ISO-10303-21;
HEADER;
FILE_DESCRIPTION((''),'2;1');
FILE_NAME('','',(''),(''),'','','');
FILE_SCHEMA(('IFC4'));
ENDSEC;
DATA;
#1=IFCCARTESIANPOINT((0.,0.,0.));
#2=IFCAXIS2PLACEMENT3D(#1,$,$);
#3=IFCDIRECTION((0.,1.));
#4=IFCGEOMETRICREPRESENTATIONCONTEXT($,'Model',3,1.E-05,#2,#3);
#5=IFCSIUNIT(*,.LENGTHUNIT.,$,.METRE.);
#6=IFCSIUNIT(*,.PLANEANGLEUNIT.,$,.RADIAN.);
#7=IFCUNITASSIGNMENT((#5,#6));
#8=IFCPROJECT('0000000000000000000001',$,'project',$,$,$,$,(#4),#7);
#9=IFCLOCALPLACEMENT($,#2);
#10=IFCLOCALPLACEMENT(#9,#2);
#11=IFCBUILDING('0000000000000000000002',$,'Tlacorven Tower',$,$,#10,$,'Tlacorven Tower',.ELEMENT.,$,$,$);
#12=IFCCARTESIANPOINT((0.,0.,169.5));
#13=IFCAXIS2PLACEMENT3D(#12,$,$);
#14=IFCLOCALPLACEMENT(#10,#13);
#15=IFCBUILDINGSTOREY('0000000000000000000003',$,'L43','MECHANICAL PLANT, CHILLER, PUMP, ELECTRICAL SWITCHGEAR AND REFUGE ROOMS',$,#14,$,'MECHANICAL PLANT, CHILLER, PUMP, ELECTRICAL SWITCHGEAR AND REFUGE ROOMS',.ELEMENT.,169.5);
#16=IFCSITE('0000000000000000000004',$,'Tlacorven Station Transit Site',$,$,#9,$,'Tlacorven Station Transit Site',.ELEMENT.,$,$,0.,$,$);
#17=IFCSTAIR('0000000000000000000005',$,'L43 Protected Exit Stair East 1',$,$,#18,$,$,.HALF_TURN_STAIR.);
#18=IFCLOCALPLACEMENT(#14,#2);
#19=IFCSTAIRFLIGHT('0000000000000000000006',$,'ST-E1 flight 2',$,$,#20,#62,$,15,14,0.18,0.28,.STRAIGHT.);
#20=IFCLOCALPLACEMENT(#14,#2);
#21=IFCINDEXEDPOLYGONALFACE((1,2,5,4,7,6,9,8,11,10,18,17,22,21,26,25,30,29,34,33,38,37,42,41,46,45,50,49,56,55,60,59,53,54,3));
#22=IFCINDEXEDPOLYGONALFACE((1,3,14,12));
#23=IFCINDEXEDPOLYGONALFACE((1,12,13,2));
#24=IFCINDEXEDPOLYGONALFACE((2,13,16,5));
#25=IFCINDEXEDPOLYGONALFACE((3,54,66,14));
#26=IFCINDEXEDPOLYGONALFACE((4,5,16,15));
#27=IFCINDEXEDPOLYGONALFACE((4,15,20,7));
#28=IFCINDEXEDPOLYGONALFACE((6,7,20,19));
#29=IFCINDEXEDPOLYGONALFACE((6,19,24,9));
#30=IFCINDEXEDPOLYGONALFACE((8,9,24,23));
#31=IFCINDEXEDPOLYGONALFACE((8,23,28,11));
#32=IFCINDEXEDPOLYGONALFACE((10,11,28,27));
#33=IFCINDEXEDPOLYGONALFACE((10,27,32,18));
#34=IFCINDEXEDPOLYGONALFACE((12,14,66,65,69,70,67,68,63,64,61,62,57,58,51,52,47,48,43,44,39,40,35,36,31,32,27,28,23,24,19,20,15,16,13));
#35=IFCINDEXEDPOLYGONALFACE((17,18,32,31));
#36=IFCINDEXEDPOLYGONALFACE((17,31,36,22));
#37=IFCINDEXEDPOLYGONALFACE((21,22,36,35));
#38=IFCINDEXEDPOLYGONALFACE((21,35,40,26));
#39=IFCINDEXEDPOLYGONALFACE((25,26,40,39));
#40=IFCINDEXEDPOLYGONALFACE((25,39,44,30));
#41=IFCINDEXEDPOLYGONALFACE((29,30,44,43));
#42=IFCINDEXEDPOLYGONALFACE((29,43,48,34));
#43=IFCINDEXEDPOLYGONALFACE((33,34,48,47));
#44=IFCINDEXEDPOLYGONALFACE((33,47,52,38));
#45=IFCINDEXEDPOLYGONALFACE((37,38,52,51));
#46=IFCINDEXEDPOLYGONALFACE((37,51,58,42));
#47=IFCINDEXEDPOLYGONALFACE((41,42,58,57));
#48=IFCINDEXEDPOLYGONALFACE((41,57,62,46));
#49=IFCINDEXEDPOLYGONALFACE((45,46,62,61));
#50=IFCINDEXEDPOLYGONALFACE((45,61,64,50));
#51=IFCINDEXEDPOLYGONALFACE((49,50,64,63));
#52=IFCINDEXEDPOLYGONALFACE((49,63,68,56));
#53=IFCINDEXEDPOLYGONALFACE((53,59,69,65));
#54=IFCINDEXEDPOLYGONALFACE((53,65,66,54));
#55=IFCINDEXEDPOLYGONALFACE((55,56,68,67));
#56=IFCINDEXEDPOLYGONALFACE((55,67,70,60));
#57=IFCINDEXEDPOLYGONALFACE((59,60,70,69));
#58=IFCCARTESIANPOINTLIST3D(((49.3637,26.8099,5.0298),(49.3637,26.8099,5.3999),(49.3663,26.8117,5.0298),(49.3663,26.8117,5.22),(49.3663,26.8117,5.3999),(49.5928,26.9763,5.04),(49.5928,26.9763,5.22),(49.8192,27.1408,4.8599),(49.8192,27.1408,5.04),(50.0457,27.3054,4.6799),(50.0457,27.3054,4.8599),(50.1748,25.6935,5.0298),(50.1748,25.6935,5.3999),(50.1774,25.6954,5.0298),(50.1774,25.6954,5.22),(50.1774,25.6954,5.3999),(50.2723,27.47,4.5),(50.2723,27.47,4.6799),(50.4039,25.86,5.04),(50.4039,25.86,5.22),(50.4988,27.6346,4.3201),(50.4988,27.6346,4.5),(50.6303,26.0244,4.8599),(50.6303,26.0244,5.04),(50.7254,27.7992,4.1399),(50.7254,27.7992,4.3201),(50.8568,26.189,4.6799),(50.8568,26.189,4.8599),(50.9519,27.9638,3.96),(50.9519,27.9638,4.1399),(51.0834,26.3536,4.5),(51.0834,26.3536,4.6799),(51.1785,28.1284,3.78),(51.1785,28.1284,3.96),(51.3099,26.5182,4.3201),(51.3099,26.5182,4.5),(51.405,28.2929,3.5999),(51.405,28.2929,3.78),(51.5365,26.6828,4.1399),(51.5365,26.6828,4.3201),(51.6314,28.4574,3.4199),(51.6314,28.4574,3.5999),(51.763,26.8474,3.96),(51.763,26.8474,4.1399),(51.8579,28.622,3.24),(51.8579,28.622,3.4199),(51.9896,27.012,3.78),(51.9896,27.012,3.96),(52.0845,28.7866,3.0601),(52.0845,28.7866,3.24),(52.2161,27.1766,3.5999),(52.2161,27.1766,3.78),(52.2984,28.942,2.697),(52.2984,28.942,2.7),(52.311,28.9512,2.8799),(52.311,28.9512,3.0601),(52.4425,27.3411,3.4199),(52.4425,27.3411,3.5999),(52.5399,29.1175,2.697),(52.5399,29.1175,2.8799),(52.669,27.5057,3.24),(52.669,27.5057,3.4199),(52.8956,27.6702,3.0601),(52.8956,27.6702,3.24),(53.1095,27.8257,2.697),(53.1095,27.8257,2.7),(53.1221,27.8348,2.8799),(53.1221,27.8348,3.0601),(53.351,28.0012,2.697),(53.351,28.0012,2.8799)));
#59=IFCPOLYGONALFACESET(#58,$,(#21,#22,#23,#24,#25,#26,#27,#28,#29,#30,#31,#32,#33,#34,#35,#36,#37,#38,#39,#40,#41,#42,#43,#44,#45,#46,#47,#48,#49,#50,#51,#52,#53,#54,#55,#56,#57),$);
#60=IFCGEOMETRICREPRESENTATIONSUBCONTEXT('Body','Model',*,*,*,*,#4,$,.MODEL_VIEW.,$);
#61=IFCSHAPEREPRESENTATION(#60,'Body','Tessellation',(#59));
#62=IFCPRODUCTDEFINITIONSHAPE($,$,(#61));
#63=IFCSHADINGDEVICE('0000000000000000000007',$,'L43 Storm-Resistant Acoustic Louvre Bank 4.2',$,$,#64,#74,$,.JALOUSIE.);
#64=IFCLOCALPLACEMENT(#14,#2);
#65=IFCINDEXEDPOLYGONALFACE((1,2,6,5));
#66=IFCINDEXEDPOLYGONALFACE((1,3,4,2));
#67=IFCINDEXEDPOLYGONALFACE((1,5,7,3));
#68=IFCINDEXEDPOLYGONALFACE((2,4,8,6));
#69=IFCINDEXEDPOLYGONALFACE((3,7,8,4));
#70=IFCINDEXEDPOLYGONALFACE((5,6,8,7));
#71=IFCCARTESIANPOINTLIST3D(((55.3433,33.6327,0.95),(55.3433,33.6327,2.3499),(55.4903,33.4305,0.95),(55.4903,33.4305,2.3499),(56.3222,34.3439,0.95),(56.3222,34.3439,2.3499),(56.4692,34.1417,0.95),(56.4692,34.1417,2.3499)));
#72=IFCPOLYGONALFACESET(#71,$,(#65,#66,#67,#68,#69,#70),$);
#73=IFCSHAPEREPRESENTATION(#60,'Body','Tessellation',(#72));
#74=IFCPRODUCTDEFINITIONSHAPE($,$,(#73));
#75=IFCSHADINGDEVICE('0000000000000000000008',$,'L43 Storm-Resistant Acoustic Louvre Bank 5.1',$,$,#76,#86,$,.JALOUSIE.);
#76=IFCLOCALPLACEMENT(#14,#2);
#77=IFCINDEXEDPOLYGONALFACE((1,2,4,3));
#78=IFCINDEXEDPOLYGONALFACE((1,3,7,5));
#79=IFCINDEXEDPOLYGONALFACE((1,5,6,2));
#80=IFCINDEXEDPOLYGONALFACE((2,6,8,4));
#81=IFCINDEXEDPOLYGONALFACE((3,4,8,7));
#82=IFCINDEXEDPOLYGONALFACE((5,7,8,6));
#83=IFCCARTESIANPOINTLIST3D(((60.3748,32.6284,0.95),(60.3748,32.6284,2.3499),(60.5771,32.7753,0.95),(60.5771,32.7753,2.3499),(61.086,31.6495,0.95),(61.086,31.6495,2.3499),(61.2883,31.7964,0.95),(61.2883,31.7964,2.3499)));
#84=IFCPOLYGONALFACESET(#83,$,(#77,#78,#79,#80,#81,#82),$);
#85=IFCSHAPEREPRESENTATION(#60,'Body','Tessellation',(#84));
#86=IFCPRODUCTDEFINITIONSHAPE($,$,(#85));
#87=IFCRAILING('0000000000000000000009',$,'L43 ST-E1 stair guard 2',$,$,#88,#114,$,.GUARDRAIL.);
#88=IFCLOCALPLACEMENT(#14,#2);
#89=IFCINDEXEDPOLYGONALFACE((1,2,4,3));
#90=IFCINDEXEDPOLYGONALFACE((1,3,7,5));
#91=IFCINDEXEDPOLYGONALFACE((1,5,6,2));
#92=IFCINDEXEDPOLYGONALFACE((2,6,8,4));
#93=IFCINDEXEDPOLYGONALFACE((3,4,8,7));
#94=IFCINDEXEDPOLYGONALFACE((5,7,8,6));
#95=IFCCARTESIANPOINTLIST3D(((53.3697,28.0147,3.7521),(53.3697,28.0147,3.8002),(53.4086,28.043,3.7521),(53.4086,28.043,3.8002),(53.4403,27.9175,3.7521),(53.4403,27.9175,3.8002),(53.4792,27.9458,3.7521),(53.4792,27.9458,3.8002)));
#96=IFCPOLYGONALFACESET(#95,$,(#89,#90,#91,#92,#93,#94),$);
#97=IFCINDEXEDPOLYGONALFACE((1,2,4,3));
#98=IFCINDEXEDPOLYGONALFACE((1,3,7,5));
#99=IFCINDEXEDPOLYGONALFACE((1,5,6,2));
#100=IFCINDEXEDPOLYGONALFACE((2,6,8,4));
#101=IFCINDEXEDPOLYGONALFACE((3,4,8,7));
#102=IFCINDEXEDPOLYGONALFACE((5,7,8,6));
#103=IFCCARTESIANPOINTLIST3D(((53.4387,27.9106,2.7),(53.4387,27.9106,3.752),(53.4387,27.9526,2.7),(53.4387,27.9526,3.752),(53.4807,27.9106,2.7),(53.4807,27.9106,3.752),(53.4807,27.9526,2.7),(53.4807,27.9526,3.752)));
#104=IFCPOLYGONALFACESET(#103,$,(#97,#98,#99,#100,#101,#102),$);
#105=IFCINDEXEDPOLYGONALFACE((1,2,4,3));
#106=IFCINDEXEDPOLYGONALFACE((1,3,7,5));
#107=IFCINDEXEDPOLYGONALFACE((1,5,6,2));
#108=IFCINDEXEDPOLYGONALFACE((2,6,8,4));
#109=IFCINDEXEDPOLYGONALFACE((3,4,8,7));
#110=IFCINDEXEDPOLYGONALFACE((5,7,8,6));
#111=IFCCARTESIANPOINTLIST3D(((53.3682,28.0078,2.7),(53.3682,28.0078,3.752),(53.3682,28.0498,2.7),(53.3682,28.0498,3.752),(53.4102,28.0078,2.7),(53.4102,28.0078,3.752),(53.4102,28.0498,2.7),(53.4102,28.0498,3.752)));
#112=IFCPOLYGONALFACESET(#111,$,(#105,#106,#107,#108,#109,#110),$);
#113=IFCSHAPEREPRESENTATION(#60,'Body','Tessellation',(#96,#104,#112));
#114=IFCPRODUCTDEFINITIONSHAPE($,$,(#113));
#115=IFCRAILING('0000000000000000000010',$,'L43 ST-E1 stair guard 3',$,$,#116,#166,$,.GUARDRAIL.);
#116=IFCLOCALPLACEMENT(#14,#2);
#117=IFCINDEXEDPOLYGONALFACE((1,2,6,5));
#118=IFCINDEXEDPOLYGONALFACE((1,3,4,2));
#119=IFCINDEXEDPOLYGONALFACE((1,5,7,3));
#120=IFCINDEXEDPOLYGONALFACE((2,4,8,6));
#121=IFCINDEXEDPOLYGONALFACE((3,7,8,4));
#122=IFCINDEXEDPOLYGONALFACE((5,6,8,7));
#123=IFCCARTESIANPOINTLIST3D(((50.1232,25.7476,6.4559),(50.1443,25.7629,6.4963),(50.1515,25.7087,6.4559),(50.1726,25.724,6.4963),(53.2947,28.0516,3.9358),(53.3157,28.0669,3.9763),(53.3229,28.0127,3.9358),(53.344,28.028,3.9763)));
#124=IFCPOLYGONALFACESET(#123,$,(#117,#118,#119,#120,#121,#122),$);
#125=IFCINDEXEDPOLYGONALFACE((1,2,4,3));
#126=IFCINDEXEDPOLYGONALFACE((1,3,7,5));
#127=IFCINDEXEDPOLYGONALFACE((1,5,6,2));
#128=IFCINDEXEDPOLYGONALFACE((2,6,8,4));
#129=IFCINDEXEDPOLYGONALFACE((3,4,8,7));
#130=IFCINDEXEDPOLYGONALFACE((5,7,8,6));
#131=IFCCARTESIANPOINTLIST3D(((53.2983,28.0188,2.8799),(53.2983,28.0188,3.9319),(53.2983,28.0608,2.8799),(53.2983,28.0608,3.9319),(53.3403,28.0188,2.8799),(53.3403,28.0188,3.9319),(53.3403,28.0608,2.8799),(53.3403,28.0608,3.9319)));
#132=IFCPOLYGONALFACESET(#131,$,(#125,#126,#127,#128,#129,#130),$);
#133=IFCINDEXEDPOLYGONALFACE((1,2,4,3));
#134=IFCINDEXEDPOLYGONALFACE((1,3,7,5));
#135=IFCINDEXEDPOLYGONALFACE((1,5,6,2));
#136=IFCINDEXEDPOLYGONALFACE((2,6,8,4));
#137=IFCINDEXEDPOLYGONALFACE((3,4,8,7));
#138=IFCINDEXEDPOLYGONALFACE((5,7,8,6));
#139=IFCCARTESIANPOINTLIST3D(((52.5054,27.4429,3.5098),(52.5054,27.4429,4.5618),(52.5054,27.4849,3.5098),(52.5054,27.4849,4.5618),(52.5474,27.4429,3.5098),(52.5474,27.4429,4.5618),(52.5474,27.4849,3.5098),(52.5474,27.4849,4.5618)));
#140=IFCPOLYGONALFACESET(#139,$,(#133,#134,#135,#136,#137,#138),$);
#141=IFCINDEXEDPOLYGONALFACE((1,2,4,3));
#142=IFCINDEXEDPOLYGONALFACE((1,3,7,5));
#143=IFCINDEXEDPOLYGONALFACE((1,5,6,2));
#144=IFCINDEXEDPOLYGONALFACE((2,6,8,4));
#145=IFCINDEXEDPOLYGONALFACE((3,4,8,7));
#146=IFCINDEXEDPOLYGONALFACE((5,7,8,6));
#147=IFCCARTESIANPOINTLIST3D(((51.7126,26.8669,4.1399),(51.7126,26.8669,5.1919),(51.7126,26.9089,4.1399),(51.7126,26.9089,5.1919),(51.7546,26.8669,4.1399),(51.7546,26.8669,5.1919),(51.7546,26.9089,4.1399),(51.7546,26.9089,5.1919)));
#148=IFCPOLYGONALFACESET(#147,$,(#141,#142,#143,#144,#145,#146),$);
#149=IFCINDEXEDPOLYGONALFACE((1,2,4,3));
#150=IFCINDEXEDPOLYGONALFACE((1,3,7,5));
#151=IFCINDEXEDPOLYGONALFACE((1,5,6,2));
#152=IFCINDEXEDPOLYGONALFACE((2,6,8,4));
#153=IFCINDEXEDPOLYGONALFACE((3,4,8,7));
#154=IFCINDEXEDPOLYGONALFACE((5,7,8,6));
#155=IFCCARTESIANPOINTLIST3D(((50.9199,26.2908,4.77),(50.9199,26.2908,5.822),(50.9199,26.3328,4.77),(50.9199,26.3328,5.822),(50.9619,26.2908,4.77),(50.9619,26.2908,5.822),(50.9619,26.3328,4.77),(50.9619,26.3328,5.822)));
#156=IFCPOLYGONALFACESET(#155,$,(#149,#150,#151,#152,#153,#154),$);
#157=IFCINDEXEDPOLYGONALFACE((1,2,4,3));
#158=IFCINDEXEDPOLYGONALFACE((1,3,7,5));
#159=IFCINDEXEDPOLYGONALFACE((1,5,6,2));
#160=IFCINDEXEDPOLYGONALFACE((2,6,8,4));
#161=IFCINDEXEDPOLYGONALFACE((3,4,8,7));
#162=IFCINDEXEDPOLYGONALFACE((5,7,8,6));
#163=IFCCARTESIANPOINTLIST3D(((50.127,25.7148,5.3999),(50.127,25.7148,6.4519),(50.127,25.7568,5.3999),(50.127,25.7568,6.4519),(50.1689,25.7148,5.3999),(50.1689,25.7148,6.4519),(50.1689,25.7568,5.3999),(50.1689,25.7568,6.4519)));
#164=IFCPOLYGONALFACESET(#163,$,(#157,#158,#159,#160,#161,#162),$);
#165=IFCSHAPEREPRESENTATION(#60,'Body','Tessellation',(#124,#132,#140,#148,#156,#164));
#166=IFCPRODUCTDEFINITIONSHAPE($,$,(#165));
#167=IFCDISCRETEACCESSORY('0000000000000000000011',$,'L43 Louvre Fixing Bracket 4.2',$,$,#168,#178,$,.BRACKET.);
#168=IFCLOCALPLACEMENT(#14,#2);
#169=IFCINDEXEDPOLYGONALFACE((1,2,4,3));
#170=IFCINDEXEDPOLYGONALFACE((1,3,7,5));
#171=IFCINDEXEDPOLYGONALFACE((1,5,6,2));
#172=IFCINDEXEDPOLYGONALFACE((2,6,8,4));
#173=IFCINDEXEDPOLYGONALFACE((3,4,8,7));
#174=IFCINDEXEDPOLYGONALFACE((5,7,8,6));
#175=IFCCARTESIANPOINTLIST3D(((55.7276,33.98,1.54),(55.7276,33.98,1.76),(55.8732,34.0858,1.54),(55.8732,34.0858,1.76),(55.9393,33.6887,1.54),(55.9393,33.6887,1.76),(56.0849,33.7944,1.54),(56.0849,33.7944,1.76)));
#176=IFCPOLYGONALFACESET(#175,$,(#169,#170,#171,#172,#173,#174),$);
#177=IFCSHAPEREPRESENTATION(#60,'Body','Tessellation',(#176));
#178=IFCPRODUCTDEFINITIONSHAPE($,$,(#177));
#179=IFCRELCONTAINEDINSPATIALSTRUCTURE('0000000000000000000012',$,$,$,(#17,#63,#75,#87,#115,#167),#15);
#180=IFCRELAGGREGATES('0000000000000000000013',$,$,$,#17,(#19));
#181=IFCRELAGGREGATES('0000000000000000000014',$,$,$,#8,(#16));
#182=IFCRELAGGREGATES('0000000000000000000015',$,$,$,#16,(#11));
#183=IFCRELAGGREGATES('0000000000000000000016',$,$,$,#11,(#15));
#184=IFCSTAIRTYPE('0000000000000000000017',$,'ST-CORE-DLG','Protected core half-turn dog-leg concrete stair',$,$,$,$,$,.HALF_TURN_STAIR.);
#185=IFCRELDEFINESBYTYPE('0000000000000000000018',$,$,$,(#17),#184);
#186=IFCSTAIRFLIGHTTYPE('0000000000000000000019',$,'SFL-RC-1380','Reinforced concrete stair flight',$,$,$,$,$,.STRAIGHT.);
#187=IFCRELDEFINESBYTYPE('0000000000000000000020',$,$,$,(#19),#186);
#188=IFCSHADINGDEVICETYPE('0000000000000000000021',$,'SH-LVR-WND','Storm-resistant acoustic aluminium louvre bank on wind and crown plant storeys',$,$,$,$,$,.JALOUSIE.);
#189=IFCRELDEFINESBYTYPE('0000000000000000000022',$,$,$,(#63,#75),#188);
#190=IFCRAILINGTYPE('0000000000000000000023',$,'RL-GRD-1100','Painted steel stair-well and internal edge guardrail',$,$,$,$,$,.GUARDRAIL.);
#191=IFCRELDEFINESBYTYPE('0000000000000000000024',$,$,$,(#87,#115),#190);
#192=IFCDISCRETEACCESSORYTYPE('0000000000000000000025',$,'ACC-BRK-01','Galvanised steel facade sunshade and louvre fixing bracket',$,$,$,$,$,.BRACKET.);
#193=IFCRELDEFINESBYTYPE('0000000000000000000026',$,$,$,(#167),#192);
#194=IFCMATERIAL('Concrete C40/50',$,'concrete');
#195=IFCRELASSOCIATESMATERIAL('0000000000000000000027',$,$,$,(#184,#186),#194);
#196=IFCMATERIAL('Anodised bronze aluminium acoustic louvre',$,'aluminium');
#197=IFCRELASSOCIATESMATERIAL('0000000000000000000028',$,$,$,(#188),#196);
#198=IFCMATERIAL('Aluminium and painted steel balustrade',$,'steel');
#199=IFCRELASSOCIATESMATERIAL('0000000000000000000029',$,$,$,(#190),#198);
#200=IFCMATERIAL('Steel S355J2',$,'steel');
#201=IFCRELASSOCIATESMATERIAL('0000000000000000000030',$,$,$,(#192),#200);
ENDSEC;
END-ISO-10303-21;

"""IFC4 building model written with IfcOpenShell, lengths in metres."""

from ifc_helpers import new_model, si_unit, direction, frame, origin, origin_2d, place, context, subcontext, project, spatial, polyline, rectangle, outline, extrude, source, transform, mapped, material, type_object, element, aggregate, save


model = new_model("IFC4")

# Units and contexts
model_context = context("Model", 3, precision=1e-05, world=origin(), true_north=direction((0.0, 1.0)))
body_context = subcontext(model_context, "Body", "Model", "MODEL_VIEW")
ifc_project = project(units=[si_unit("LENGTHUNIT", "METRE"), si_unit("PLANEANGLEUNIT", "RADIAN")], contexts=[model_context])

# Site, building, storey
site_placement = place(None, origin())
site = spatial("IfcSite", under=ifc_project, at=site_placement, Name="Tlacorven Station Transit Site", LongName="Tlacorven Station Transit Site", CompositionType="ELEMENT", RefElevation=0.0)
building_placement = place(site_placement, origin())
building = spatial("IfcBuilding", under=site, at=building_placement, Name="Tlacorven Tower", LongName="Tlacorven Tower", CompositionType="ELEMENT")
storey_placement = place(building_placement, frame((0.0, 0.0, 169.5)))
storey = spatial("IfcBuildingStorey", under=building, at=storey_placement, Name="L43", Description="MECHANICAL PLANT, CHILLER, PUMP, ELECTRICAL SWITCHGEAR AND REFUGE ROOMS", LongName="MECHANICAL PLANT, CHILLER, PUMP, ELECTRICAL SWITCHGEAR AND REFUGE ROOMS", CompositionType="ELEMENT", Elevation=169.5)

# Shared definitions
ifc_material_1 = material(Name="Steel S355J2", Category="steel")

# Shared definitions
ifc_material_2 = material(Name="Concrete C40/50", Category="concrete")

# Stair, stair flight
stair_type = type_object("IfcStairType", Name="ST-CORE-DLG", Description="Protected core half-turn dog-leg concrete stair", PredefinedType="HALF_TURN_STAIR", material=ifc_material_2)
stair_placement = place(storey_placement, origin())
stair = element("IfcStair", 1, at=stair_placement, inside=storey, type_object=stair_type, Name="L43 Protected Exit Stair East 1", PredefinedType="HALF_TURN_STAIR")
stair_flight_type = type_object("IfcStairFlightType", Name="SFL-RC-1380", Description="Reinforced concrete stair flight", PredefinedType="STRAIGHT", material=ifc_material_2)
shared_shape_1 = source(origin(), body_context, "Body", "SweptSolid", [
    extrude(outline(polyline([(-0.0029, -0.0029), (-0.0029, 0.1799), (0.28, 0.1799), (0.28, 0.3601), (0.5601, 0.3601), (0.5601, 0.54), (0.8401, 0.54), (0.8401, 0.72), (1.1201, 0.72), (1.1201, 0.8999), (1.3999, 0.8999), (1.3999, 1.0801), (1.6799, 1.0801), (1.6799, 1.26), (1.96, 1.26), (1.96, 1.4399), (2.24, 1.4399), (2.24, 1.6201), (2.52, 1.6201), (2.52, 1.8), (2.8, 1.8), (2.8, 1.98), (3.0801, 1.98), (3.0801, 2.1599), (3.3601, 2.1599), (3.3601, 2.3401), (3.6399, 2.3401), (3.6399, 2.52), (3.9199, 2.52), (3.9199, 2.7), (3.9231, 2.7), (3.9231, 2.3298), (3.9199, 2.3298), (0.2957, 0.0), (0.2957, -0.0029), (-0.0029, -0.0029)])), frame((0.0, 0.6899, 0.0), z_axis=(0.0, -1.0, 0.0), x_axis=(1.0, 0.0, 0.0)), (0.0, 0.0, 1.0), 1.3799),
])
stair_flight_placement = place(storey_placement, frame((52.9431, 28.5576, 2.7), z_axis=(0.0, 0.0, 1.0), x_axis=(-0.809017, -0.587785, 0.0)))
stair_flight = element("IfcStairFlight", 2, at=stair_flight_placement, type_object=stair_flight_type, Name="ST-E1 flight 2", NumberOfRisers=15, NumberOfTreads=14, PredefinedType="STRAIGHT", RiserHeight=0.18, TreadLength=0.28, context=body_context, shape_type="MappedRepresentation", body=[
    mapped(shared_shape_1, transform((0.0, 0.0, 0.0), scale=1.0)),
])
aggregate(stair, [stair_flight])

# Shading devices
ifc_material_3 = material(Name="Anodised bronze aluminium acoustic louvre", Category="aluminium")
shading_device_type = type_object("IfcShadingDeviceType", Name="SH-LVR-WND", Description="Storm-resistant acoustic aluminium louvre bank on wind and crown plant storeys", PredefinedType="JALOUSIE", material=ifc_material_3)
shared_shape_2 = source(origin(), body_context, "Body", "SweptSolid", [
    extrude(rectangle(XDim=1.21, YDim=0.25, at=origin_2d()), origin(), (0.0, 0.0, 1.0), 1.3999),
])
for number, where, z_axis, x_axis, name in (
    (3, (55.9062, 33.8872, 0.95), (0.0, 0.0, 1.0), (0.809017, 0.587785, 0.0), "L43 Storm-Resistant Acoustic Louvre Bank 4.2"),
    (4, (60.8315, 32.2124, 0.95), (0.0, 0.0, 1.0), (0.587785, -0.809017, 0.0), "L43 Storm-Resistant Acoustic Louvre Bank 5.1"),
):
    element("IfcShadingDevice", number, at=place(storey_placement, frame(where, z_axis=z_axis, x_axis=x_axis)), inside=storey, type_object=shading_device_type, Name=name, PredefinedType="JALOUSIE", context=body_context, shape_type="MappedRepresentation", body=[
        mapped(shared_shape_2, transform((0.0, 0.0, 0.0), scale=1.0)),
    ])

# Railings
ifc_material_4 = material(Name="Aluminium and painted steel balustrade", Category="steel")
railing_type = type_object("IfcRailingType", Name="RL-GRD-1100", Description="Painted steel stair-well and internal edge guardrail", PredefinedType="GUARDRAIL", material=ifc_material_4)
shared_shape_3 = source(origin(), body_context, "Body", "SweptSolid", [
    extrude(rectangle(XDim=0.0481, YDim=0.0481, at=origin_2d()), frame((0.0, 0.0, 1.0762), z_axis=(-0.587567, 0.809175, 0.0), x_axis=(-0.809175, -0.587567, 0.0)), (0.0, 0.0, 1.0), 0.1201),
    extrude(rectangle(XDim=0.042, YDim=0.042, at=origin_2d()), origin(), (0.0, 0.0, 1.0), 1.052),
    extrude(rectangle(XDim=0.042, YDim=0.042, at=origin_2d()), frame((-0.0706, 0.0972, 0.0)), (0.0, 0.0, 1.0), 1.052),
])
railing_1_placement = place(storey_placement, frame((53.4597, 27.9316, 2.7)))
element("IfcRailing", 5, at=railing_1_placement, inside=storey, type_object=railing_type, Name="L43 ST-E1 stair guard 2", PredefinedType="GUARDRAIL", context=body_context, shape_type="MappedRepresentation", body=[
    mapped(shared_shape_3, transform((0.0, 0.0, 0.0), scale=1.0)),
])
shared_shape_4 = source(origin(), body_context, "Body", "SweptSolid", [
    extrude(rectangle(XDim=0.0481, YDim=0.0481, at=origin_2d()), frame((0.0, 0.0, 1.0762), z_axis=(-0.680543, -0.494402, 0.540767), x_axis=(0.587753, -0.80904, 0.0)), (0.0, 0.0, 1.0), 4.6602),
    extrude(rectangle(XDim=0.042, YDim=0.042, at=origin_2d()), origin(), (0.0, 0.0, 1.0), 1.052),
    extrude(rectangle(XDim=0.042, YDim=0.042, at=origin_2d()), frame((-0.793, -0.5759, 0.6299)), (0.0, 0.0, 1.0), 1.052),
    extrude(rectangle(XDim=0.042, YDim=0.042, at=origin_2d()), frame((-1.5857, -1.1519, 1.26)), (0.0, 0.0, 1.0), 1.052),
    extrude(rectangle(XDim=0.042, YDim=0.042, at=origin_2d()), frame((-2.3784, -1.728, 1.8901)), (0.0, 0.0, 1.0), 1.052),
    extrude(rectangle(XDim=0.042, YDim=0.042, at=origin_2d()), frame((-3.1714, -2.304, 2.52)), (0.0, 0.0, 1.0), 1.052),
])
railing_2_placement = place(storey_placement, frame((53.3193, 28.0398, 2.8799)))
element("IfcRailing", 6, at=railing_2_placement, inside=storey, type_object=railing_type, Name="L43 ST-E1 stair guard 3", PredefinedType="GUARDRAIL", context=body_context, shape_type="MappedRepresentation", body=[
    mapped(shared_shape_4, transform((0.0, 0.0, 0.0), scale=1.0)),
])

# Discrete accessory
discrete_accessory_type = type_object("IfcDiscreteAccessoryType", Name="ACC-BRK-01", Description="Galvanised steel facade sunshade and louvre fixing bracket", PredefinedType="BRACKET", material=ifc_material_1)
shared_shape_5 = source(origin(), body_context, "Body", "SweptSolid", [
    extrude(rectangle(XDim=0.1799, YDim=0.3601, at=origin_2d()), origin(), (0.0, 0.0, 1.0), 0.22),
])
discrete_accessory_placement = place(storey_placement, frame((55.9062, 33.8872, 1.54), z_axis=(0.0, 0.0, 1.0), x_axis=(0.809017, 0.587785, 0.0)))
element("IfcDiscreteAccessory", 7, at=discrete_accessory_placement, inside=storey, type_object=discrete_accessory_type, Name="L43 Louvre Fixing Bracket 4.2", PredefinedType="BRACKET", context=body_context, shape_type="MappedRepresentation", body=[
    mapped(shared_shape_5, transform((0.0, 0.0, 0.0), scale=1.0)),
])

save(model, "model.ifc")
